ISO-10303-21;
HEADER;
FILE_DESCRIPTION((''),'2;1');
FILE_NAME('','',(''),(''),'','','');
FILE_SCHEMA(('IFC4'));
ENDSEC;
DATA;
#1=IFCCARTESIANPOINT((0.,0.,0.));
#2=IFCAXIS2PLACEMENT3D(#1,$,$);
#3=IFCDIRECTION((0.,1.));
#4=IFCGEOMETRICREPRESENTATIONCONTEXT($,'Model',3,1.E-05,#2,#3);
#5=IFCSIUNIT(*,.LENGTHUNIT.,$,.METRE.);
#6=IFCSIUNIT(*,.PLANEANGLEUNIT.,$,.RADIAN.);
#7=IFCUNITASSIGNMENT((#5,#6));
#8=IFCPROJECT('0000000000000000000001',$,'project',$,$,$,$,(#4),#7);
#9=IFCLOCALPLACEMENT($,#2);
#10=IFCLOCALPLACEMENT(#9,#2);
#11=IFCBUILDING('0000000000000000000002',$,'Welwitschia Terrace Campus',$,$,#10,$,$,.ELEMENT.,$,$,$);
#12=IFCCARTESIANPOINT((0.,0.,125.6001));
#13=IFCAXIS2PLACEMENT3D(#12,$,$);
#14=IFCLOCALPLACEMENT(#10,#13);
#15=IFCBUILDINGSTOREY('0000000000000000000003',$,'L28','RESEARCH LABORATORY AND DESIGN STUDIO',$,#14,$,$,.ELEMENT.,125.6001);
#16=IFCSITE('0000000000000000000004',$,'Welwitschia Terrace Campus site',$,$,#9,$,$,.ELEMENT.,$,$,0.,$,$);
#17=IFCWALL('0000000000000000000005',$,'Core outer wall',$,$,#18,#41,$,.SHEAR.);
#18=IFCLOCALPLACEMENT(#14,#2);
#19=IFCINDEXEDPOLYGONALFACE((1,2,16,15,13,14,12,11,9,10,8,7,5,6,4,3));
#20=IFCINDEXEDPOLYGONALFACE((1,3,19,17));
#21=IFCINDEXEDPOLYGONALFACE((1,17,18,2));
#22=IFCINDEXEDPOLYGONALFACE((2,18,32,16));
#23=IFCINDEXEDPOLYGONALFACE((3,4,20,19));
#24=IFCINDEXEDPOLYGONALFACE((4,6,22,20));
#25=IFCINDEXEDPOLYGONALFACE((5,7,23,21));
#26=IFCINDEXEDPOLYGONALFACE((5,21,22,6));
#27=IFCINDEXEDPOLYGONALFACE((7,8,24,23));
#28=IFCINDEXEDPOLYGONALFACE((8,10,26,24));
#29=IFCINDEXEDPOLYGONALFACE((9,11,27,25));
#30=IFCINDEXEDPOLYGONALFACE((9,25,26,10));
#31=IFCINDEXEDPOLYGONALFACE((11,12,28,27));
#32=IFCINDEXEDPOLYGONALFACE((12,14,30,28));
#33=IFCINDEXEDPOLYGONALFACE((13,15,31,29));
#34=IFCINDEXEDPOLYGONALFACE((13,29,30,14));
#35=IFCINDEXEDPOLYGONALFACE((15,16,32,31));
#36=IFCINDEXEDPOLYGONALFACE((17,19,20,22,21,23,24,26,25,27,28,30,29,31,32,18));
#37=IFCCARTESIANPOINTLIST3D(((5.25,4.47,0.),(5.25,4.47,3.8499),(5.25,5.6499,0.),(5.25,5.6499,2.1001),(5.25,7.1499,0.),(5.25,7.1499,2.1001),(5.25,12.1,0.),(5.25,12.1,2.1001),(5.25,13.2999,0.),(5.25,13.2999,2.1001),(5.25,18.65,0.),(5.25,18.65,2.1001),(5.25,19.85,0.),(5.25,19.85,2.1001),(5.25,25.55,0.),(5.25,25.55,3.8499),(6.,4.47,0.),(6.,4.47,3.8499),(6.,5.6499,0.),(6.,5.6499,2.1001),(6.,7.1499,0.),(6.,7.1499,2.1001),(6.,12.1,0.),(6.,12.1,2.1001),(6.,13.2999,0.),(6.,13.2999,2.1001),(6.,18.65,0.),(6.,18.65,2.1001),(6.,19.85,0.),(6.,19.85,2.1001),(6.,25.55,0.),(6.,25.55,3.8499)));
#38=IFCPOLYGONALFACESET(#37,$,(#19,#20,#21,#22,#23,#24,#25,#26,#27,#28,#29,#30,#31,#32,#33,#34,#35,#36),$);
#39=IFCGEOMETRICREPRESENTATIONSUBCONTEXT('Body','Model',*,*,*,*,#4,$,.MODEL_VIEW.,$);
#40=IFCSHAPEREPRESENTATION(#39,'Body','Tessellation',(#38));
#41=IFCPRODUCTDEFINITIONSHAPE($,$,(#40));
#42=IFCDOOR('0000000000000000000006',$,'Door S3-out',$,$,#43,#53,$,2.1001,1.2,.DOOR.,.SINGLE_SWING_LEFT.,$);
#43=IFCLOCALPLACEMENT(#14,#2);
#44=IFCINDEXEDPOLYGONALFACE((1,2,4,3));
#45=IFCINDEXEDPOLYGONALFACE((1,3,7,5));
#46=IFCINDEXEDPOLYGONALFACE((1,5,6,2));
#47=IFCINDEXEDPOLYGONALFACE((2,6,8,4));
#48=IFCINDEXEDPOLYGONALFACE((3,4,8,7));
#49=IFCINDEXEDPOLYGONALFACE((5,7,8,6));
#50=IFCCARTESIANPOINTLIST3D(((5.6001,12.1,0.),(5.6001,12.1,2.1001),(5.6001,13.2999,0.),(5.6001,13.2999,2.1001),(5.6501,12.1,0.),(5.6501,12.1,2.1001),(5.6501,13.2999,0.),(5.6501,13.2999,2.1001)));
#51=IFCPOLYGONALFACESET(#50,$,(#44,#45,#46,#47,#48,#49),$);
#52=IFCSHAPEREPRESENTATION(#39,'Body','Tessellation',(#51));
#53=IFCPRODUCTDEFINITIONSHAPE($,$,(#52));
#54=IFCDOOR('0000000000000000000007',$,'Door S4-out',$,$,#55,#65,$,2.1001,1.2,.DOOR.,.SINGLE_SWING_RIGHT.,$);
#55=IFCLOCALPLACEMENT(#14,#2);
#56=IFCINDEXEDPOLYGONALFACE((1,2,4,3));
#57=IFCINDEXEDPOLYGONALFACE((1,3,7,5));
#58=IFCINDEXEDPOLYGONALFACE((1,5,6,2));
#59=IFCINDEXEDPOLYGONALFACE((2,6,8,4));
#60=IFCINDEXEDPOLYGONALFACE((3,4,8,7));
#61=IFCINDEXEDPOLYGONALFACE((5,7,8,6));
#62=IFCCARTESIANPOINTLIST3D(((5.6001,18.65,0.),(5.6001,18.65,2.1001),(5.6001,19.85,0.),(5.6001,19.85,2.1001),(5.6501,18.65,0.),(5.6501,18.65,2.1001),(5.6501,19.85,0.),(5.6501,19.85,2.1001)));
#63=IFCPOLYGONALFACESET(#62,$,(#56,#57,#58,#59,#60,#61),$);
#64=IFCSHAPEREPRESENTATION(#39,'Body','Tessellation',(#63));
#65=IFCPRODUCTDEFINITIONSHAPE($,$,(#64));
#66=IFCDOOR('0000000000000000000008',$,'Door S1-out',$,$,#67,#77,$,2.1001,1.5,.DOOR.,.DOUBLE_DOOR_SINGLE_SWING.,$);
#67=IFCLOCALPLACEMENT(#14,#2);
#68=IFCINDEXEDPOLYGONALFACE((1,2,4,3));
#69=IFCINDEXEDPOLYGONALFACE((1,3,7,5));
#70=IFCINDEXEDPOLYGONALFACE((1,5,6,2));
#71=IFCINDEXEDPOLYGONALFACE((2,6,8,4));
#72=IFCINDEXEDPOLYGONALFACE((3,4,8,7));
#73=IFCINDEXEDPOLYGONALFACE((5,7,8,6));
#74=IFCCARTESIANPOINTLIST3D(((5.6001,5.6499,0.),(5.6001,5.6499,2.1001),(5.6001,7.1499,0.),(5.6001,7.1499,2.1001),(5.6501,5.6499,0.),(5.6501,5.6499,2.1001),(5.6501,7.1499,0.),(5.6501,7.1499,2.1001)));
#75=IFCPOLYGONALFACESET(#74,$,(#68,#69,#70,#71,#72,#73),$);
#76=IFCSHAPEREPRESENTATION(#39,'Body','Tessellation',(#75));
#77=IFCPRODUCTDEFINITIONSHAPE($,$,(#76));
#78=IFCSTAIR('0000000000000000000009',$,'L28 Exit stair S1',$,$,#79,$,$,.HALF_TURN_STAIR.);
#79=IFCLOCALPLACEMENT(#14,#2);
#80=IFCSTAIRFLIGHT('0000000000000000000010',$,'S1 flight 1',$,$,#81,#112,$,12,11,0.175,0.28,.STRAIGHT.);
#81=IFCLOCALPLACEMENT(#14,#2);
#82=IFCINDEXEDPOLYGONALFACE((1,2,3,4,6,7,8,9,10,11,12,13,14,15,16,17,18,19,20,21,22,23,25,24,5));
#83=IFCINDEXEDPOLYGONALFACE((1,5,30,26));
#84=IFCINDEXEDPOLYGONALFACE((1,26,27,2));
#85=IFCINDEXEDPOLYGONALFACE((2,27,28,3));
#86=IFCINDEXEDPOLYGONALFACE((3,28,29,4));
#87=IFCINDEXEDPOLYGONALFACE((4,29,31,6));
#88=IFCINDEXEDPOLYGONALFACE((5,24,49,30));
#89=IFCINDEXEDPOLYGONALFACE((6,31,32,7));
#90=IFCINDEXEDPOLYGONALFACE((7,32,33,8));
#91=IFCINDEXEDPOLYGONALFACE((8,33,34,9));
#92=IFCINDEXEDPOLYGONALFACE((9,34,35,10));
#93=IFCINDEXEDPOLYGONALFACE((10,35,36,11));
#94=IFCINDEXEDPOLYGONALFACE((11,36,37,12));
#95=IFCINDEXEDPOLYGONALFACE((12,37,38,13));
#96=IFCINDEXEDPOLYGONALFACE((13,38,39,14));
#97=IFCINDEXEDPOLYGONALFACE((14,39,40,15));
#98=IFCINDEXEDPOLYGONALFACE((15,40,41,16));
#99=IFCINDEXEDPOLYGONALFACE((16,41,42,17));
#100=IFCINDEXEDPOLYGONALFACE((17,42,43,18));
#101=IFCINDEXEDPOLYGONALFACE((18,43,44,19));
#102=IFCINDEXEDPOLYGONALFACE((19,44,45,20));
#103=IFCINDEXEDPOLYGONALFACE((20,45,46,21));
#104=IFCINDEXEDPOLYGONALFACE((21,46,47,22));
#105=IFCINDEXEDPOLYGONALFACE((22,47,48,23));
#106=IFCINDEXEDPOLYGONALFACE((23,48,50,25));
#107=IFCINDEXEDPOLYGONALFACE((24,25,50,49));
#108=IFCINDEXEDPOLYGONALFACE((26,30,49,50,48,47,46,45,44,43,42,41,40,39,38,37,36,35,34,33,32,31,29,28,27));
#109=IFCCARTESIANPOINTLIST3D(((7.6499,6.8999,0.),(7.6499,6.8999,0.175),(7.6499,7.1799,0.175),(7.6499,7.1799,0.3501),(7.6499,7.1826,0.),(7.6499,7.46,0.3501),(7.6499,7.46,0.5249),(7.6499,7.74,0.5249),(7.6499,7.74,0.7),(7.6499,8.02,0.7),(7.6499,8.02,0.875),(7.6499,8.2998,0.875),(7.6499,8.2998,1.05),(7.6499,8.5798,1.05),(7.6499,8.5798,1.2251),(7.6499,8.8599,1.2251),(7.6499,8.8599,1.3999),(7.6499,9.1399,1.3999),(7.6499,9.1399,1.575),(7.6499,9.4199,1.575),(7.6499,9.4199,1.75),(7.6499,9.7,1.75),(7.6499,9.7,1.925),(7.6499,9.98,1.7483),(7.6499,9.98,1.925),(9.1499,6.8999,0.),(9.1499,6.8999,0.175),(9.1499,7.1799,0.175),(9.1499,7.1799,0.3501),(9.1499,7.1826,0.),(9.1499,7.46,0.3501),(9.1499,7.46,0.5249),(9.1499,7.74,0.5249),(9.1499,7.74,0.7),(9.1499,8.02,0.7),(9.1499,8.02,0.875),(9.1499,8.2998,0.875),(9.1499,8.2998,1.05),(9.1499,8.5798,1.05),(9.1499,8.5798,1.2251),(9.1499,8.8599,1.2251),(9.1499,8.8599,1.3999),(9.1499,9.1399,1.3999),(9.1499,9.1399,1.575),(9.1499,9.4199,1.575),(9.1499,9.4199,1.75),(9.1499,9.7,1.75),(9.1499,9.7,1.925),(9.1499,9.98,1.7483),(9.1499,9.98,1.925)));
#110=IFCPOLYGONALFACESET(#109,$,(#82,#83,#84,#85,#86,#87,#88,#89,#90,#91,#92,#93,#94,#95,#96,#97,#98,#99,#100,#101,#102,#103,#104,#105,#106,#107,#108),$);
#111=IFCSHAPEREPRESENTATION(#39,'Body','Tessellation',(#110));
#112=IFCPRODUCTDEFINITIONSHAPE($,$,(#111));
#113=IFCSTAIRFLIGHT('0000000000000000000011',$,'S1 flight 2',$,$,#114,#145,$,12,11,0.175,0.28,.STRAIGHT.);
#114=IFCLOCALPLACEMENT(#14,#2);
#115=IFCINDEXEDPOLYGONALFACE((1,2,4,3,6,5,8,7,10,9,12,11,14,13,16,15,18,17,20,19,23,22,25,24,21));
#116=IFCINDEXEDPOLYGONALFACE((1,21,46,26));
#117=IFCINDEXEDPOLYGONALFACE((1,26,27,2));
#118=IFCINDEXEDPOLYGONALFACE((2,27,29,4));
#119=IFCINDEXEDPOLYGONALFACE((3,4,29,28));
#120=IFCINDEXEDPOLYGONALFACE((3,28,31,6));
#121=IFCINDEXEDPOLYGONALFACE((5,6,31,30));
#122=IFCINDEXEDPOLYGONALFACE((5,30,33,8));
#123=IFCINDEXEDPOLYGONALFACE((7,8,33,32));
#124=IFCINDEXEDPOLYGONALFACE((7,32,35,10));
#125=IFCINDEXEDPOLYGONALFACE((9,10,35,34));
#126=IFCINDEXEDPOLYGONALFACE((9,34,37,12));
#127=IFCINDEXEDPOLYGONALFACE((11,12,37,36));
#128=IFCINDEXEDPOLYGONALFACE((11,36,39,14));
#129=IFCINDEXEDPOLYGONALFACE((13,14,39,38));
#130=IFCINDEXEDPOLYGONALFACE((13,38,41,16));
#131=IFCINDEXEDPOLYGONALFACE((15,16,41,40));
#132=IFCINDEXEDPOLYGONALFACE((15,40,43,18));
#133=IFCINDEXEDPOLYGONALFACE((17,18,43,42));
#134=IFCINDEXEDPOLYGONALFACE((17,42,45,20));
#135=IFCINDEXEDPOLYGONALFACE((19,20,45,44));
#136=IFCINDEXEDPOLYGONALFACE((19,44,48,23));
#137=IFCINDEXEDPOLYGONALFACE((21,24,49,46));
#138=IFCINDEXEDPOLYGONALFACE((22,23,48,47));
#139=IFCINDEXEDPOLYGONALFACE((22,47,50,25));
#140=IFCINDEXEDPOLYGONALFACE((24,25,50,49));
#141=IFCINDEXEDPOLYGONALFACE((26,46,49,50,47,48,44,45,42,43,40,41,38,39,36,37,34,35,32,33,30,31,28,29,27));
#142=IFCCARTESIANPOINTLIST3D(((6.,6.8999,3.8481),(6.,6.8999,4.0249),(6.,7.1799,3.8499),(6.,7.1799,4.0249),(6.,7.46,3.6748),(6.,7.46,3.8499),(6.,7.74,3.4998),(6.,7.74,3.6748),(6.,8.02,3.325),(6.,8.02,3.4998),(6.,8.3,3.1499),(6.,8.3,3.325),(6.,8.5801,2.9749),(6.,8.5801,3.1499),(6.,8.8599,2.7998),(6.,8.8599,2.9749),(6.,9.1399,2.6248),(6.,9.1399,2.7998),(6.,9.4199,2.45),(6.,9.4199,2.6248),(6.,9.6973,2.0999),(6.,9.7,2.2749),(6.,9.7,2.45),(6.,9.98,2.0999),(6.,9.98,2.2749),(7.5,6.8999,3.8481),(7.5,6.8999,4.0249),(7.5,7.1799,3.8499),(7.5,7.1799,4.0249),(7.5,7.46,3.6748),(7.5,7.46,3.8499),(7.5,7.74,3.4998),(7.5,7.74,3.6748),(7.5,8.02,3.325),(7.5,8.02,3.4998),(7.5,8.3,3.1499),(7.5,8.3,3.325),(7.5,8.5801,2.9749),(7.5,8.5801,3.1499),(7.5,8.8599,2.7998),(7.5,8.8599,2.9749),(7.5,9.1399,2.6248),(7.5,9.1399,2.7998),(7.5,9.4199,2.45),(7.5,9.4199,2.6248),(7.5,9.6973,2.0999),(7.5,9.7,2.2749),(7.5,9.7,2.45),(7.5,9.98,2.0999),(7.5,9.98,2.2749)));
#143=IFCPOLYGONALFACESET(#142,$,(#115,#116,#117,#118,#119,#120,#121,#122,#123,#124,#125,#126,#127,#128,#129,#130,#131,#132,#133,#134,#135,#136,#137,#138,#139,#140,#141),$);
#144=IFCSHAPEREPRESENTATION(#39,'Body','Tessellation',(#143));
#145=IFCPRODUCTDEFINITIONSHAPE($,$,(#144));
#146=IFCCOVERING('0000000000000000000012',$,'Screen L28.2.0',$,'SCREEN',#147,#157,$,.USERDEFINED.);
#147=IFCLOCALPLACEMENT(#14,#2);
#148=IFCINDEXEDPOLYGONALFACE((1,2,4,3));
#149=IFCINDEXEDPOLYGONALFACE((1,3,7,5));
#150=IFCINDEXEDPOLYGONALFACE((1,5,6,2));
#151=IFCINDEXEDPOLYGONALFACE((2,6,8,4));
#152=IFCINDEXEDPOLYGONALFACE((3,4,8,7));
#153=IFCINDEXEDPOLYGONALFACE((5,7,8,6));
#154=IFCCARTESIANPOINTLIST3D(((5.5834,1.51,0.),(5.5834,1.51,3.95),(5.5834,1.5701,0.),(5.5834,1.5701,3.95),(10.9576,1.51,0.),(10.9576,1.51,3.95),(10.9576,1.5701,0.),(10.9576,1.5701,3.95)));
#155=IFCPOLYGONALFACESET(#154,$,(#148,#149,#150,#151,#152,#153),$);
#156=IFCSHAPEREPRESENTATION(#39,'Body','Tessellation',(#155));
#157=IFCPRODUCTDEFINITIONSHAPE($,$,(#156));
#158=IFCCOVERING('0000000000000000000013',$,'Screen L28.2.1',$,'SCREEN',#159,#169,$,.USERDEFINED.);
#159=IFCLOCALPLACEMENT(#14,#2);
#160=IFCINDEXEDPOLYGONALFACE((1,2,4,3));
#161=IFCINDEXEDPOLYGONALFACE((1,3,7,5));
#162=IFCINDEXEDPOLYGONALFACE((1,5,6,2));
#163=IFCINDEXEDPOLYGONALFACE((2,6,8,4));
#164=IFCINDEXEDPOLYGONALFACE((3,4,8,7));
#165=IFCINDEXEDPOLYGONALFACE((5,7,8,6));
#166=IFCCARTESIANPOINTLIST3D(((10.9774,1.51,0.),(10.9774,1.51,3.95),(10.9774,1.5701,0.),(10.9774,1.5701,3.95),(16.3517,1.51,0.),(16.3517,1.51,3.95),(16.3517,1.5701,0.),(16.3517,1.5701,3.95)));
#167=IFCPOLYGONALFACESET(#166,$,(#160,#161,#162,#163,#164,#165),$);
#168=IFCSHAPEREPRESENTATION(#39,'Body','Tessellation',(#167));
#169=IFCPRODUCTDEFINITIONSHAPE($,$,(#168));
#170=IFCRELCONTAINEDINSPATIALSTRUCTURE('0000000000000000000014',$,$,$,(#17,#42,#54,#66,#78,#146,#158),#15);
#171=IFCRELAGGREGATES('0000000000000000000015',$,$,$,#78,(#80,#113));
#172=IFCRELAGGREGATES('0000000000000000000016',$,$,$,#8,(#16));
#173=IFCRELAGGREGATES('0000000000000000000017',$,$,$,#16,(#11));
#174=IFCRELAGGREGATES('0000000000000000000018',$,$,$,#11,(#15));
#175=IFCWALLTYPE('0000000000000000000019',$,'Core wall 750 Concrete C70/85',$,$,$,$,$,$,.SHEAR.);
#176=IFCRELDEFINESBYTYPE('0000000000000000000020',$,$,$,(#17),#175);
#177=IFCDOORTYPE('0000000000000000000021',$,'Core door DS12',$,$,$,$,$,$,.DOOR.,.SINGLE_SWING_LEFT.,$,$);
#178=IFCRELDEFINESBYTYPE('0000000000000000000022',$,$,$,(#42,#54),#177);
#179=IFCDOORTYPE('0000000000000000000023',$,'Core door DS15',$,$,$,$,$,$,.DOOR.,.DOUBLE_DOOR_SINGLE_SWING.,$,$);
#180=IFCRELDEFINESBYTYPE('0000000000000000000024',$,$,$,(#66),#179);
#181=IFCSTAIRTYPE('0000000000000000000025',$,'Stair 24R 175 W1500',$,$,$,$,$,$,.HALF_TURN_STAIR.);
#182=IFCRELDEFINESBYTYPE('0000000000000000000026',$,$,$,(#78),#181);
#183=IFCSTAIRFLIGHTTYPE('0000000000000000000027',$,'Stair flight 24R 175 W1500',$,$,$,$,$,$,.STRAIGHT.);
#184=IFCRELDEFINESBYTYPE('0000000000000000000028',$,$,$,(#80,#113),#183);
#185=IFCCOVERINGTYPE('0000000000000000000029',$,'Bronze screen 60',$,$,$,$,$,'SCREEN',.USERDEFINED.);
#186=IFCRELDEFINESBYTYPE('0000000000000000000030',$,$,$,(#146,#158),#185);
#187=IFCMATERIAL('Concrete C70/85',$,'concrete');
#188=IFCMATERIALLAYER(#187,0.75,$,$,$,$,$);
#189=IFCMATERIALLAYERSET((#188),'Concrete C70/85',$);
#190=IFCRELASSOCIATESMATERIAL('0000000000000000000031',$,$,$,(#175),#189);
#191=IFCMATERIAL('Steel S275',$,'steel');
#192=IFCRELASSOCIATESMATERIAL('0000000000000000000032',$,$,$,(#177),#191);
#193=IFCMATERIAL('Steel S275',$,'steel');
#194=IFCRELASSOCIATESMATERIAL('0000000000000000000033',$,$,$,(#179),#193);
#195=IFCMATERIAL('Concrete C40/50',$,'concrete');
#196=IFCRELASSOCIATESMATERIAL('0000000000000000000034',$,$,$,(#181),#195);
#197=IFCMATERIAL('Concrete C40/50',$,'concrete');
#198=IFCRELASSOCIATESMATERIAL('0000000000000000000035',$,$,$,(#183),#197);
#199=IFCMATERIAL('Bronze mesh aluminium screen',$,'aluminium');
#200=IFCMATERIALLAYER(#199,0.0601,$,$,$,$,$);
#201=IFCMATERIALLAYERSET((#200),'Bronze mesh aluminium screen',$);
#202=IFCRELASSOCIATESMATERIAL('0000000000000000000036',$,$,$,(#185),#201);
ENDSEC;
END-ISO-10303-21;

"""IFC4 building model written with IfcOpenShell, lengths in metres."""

from ifc_helpers import new_model, si_unit, direction, frame, frame_2d, origin, origin_2d, place, context, subcontext, project, spatial, polyline, rectangle, outline, extrude, material, layer, layer_set, type_object, element, fill, aggregate, save


model = new_model("IFC4")

# Units and contexts
model_context = context("Model", 3, precision=1e-05, world=origin(), true_north=direction((0.0, 1.0)))
body_context = subcontext(model_context, "Body", "Model", "MODEL_VIEW")
ifc_project = project(units=[si_unit("LENGTHUNIT", "METRE"), si_unit("PLANEANGLEUNIT", "RADIAN")], contexts=[model_context])

# Site, building, storey
site_placement = place(None, origin())
site = spatial("IfcSite", under=ifc_project, at=site_placement, Name="Welwitschia Terrace Campus site", CompositionType="ELEMENT", RefElevation=0.0)
building_placement = place(site_placement, origin())
building = spatial("IfcBuilding", under=site, at=building_placement, Name="Welwitschia Terrace Campus", CompositionType="ELEMENT")
storey_placement = place(building_placement, frame((0.0, 0.0, 125.6001)))
storey = spatial("IfcBuildingStorey", under=building, at=storey_placement, Name="L28", Description="RESEARCH LABORATORY AND DESIGN STUDIO", CompositionType="ELEMENT", Elevation=125.6001)

# Wall, openings, doors
ifc_material_1 = material(Name="Concrete C70/85", Category="concrete")
ifc_layer_1 = layer(ifc_material_1, 0.75)
ifc_layer_set_1 = layer_set([ifc_layer_1], Name="Concrete C70/85")
wall_type_1 = type_object("IfcWallType", Name="Core wall 750 Concrete C70/85", PredefinedType="SHEAR", material=ifc_layer_set_1)
wall_1_placement = place(storey_placement, frame((5.625, 4.47, 0.0), z_axis=(0.0, 0.0, 1.0), x_axis=(0.0, 1.0, 0.0)))
wall_1 = element("IfcWall", 1, at=wall_1_placement, inside=storey, type_object=wall_type_1, Name="Core outer wall", PredefinedType="SHEAR", context=body_context, shape_type="SweptSolid", body=[
    extrude(rectangle(XDim=21.0801, YDim=0.75, at=frame_2d((10.54, 0.0))), origin(), (0.0, 0.0, 1.0), 3.8499),
])
opening_1_placement = place(wall_1_placement, frame((1.1799, 0.0, 0.0)))
opening_1 = element("IfcOpeningElement", 2, at=opening_1_placement, cuts=wall_1, PredefinedType="OPENING", context=body_context, shape_type="SweptSolid", body=[
    extrude(rectangle(XDim=1.5, YDim=2.1001, at=frame_2d((0.75, 1.05))), frame((0.0, 0.385, 0.0), z_axis=(0.0, -1.0, 0.0), x_axis=(1.0, 0.0, 0.0)), (0.0, 0.0, 1.0), 0.77),
])
opening_2_placement = place(wall_1_placement, frame((7.6299, 0.0, 0.0)))
opening_2 = element("IfcOpeningElement", 3, at=opening_2_placement, cuts=wall_1, PredefinedType="OPENING", context=body_context, shape_type="SweptSolid", body=[
    extrude(rectangle(XDim=1.2, YDim=2.1001, at=frame_2d((0.6001, 1.05))), frame((0.0, 0.385, 0.0), z_axis=(0.0, -1.0, 0.0), x_axis=(1.0, 0.0, 0.0)), (0.0, 0.0, 1.0), 0.77),
])
opening_3_placement = place(wall_1_placement, frame((14.1799, 0.0, 0.0)))
opening_3 = element("IfcOpeningElement", 4, at=opening_3_placement, cuts=wall_1, PredefinedType="OPENING", context=body_context, shape_type="SweptSolid", body=[
    extrude(rectangle(XDim=1.2, YDim=2.1001, at=frame_2d((0.6001, 1.05))), frame((0.0, 0.385, 0.0), z_axis=(0.0, -1.0, 0.0), x_axis=(1.0, 0.0, 0.0)), (0.0, 0.0, 1.0), 0.77),
])
ifc_material_2 = material(Name="Steel S275", Category="steel")
door_type_1 = type_object("IfcDoorType", Name="Core door DS12", OperationType="SINGLE_SWING_LEFT", PredefinedType="DOOR", material=ifc_material_2)
door_1_placement = place(opening_2_placement, origin())
door_1 = element("IfcDoor", 5, at=door_1_placement, inside=storey, type_object=door_type_1, Name="Door S3-out", OperationType="SINGLE_SWING_LEFT", OverallHeight=2.1001, OverallWidth=1.2, PredefinedType="DOOR", context=body_context, shape_type="SweptSolid", body=[
    extrude(rectangle(XDim=1.2, YDim=2.1001, at=frame_2d((0.6001, 1.05))), frame((0.0, 0.0249, 0.0), z_axis=(0.0, -1.0, 0.0), x_axis=(1.0, 0.0, 0.0)), (0.0, 0.0, 1.0), 0.05),
])
fill(opening_2, door_1)
door_2_placement = place(opening_3_placement, origin())
door_2 = element("IfcDoor", 6, at=door_2_placement, inside=storey, type_object=door_type_1, Name="Door S4-out", OperationType="SINGLE_SWING_RIGHT", OverallHeight=2.1001, OverallWidth=1.2, PredefinedType="DOOR", context=body_context, shape_type="SweptSolid", body=[
    extrude(rectangle(XDim=1.2, YDim=2.1001, at=frame_2d((0.6001, 1.05))), frame((0.0, 0.0249, 0.0), z_axis=(0.0, -1.0, 0.0), x_axis=(1.0, 0.0, 0.0)), (0.0, 0.0, 1.0), 0.05),
])
fill(opening_3, door_2)
ifc_material_3 = material(Name="Steel S275", Category="steel")
door_type_2 = type_object("IfcDoorType", Name="Core door DS15", OperationType="DOUBLE_DOOR_SINGLE_SWING", PredefinedType="DOOR", material=ifc_material_3)
door_3_placement = place(opening_1_placement, origin())
door_3 = element("IfcDoor", 7, at=door_3_placement, inside=storey, type_object=door_type_2, Name="Door S1-out", OperationType="DOUBLE_DOOR_SINGLE_SWING", OverallHeight=2.1001, OverallWidth=1.5, PredefinedType="DOOR", context=body_context, shape_type="SweptSolid", body=[
    extrude(rectangle(XDim=1.5, YDim=2.1001, at=frame_2d((0.75, 1.05))), frame((0.0, 0.0249, 0.0), z_axis=(0.0, -1.0, 0.0), x_axis=(1.0, 0.0, 0.0)), (0.0, 0.0, 1.0), 0.05),
])
fill(opening_1, door_3)

# Stair, stair flights
ifc_material_4 = material(Name="Concrete C40/50", Category="concrete")
stair_type = type_object("IfcStairType", Name="Stair 24R 175 W1500", PredefinedType="HALF_TURN_STAIR", material=ifc_material_4)
stair_placement = place(storey_placement, origin())
stair = element("IfcStair", 8, at=stair_placement, inside=storey, type_object=stair_type, Name="L28 Exit stair S1", PredefinedType="HALF_TURN_STAIR")
ifc_material_5 = material(Name="Concrete C40/50", Category="concrete")
stair_flight_type = type_object("IfcStairFlightType", Name="Stair flight 24R 175 W1500", PredefinedType="STRAIGHT", material=ifc_material_5)
stair_flight_1_placement = place(storey_placement, frame((8.3999, 6.8999, 0.0), z_axis=(0.0, 0.0, 1.0), x_axis=(0.0, 1.0, 0.0)))
stair_flight_1 = element("IfcStairFlight", 9, at=stair_flight_1_placement, type_object=stair_flight_type, Name="S1 flight 1", NumberOfRisers=12, NumberOfTreads=11, PredefinedType="STRAIGHT", RiserHeight=0.175, TreadLength=0.28, context=body_context, shape_type="SweptSolid", body=[
    extrude(outline(polyline([(0.0, 0.0), (0.0, 0.175), (0.28, 0.175), (0.28, 0.3501), (0.5601, 0.3501), (0.5601, 0.5249), (0.8401, 0.5249), (0.8401, 0.7), (1.1201, 0.7), (1.1201, 0.875), (1.3999, 0.875), (1.3999, 1.05), (1.6799, 1.05), (1.6799, 1.2251), (1.96, 1.2251), (1.96, 1.3999), (2.24, 1.3999), (2.24, 1.575), (2.52, 1.575), (2.52, 1.75), (2.8, 1.75), (2.8, 1.925), (3.0801, 1.925), (3.0801, 2.1001), (3.0801, 1.7483), (0.2827, 0.0), (0.0, 0.0)])), frame((0.0, 0.75, 0.0), z_axis=(0.0, -1.0, 0.0), x_axis=(1.0, 0.0, 0.0)), (0.0, 0.0, 1.0), 1.5),
])
stair_flight_2_placement = place(storey_placement, frame((6.75, 9.98, 2.0999), z_axis=(0.0, 0.0, 1.0), x_axis=(0.0, -1.0, 0.0)))
stair_flight_2 = element("IfcStairFlight", 10, at=stair_flight_2_placement, type_object=stair_flight_type, Name="S1 flight 2", NumberOfRisers=12, NumberOfTreads=11, PredefinedType="STRAIGHT", RiserHeight=0.175, TreadLength=0.28, context=body_context, shape_type="SweptSolid", body=[
    extrude(outline(polyline([(0.0, 0.0), (0.0, 0.175), (0.28, 0.175), (0.28, 0.3501), (0.5601, 0.3501), (0.5601, 0.5249), (0.8401, 0.5249), (0.8401, 0.7), (1.1201, 0.7), (1.1201, 0.875), (1.3999, 0.875), (1.3999, 1.05), (1.6799, 1.05), (1.6799, 1.2251), (1.96, 1.2251), (1.96, 1.3999), (2.24, 1.3999), (2.24, 1.575), (2.52, 1.575), (2.52, 1.75), (2.8, 1.75), (2.8, 1.925), (3.0801, 1.925), (3.0801, 2.1001), (3.0801, 1.7483), (0.2827, 0.0), (0.0, 0.0)])), frame((0.0, 0.75, 0.0), z_axis=(0.0, -1.0, 0.0), x_axis=(1.0, 0.0, 0.0)), (0.0, 0.0, 1.0), 1.5),
])
aggregate(stair, [stair_flight_1, stair_flight_2])

# Coverings
ifc_material_6 = material(Name="Bronze mesh aluminium screen", Category="aluminium")
ifc_layer_2 = layer(ifc_material_6, 0.0601)
ifc_layer_set_2 = layer_set([ifc_layer_2], Name="Bronze mesh aluminium screen")
covering_type = type_object("IfcCoveringType", Name="Bronze screen 60", ElementType="SCREEN", PredefinedType="USERDEFINED", material=ifc_layer_set_2)
for number, where, z_axis, x_axis, name in (
    (11, (8.2705, 1.54, 0.0), (0.0, 0.0, 1.0), (1.0, 0.0, 0.0), "Screen L28.2.0"),
    (12, (13.6646, 1.54, 0.0), (0.0, 0.0, 1.0), (1.0, 0.0, 0.0), "Screen L28.2.1"),
):
    element("IfcCovering", number, at=place(storey_placement, frame(where, z_axis=z_axis, x_axis=x_axis)), inside=storey, type_object=covering_type, Name=name, ObjectType="SCREEN", PredefinedType="USERDEFINED", context=body_context, shape_type="SweptSolid", body=[
        extrude(rectangle(XDim=5.3743, YDim=0.0601, at=origin_2d()), origin(), (0.0, 0.0, 1.0), 3.95),
    ])

save(model, "model.ifc")
